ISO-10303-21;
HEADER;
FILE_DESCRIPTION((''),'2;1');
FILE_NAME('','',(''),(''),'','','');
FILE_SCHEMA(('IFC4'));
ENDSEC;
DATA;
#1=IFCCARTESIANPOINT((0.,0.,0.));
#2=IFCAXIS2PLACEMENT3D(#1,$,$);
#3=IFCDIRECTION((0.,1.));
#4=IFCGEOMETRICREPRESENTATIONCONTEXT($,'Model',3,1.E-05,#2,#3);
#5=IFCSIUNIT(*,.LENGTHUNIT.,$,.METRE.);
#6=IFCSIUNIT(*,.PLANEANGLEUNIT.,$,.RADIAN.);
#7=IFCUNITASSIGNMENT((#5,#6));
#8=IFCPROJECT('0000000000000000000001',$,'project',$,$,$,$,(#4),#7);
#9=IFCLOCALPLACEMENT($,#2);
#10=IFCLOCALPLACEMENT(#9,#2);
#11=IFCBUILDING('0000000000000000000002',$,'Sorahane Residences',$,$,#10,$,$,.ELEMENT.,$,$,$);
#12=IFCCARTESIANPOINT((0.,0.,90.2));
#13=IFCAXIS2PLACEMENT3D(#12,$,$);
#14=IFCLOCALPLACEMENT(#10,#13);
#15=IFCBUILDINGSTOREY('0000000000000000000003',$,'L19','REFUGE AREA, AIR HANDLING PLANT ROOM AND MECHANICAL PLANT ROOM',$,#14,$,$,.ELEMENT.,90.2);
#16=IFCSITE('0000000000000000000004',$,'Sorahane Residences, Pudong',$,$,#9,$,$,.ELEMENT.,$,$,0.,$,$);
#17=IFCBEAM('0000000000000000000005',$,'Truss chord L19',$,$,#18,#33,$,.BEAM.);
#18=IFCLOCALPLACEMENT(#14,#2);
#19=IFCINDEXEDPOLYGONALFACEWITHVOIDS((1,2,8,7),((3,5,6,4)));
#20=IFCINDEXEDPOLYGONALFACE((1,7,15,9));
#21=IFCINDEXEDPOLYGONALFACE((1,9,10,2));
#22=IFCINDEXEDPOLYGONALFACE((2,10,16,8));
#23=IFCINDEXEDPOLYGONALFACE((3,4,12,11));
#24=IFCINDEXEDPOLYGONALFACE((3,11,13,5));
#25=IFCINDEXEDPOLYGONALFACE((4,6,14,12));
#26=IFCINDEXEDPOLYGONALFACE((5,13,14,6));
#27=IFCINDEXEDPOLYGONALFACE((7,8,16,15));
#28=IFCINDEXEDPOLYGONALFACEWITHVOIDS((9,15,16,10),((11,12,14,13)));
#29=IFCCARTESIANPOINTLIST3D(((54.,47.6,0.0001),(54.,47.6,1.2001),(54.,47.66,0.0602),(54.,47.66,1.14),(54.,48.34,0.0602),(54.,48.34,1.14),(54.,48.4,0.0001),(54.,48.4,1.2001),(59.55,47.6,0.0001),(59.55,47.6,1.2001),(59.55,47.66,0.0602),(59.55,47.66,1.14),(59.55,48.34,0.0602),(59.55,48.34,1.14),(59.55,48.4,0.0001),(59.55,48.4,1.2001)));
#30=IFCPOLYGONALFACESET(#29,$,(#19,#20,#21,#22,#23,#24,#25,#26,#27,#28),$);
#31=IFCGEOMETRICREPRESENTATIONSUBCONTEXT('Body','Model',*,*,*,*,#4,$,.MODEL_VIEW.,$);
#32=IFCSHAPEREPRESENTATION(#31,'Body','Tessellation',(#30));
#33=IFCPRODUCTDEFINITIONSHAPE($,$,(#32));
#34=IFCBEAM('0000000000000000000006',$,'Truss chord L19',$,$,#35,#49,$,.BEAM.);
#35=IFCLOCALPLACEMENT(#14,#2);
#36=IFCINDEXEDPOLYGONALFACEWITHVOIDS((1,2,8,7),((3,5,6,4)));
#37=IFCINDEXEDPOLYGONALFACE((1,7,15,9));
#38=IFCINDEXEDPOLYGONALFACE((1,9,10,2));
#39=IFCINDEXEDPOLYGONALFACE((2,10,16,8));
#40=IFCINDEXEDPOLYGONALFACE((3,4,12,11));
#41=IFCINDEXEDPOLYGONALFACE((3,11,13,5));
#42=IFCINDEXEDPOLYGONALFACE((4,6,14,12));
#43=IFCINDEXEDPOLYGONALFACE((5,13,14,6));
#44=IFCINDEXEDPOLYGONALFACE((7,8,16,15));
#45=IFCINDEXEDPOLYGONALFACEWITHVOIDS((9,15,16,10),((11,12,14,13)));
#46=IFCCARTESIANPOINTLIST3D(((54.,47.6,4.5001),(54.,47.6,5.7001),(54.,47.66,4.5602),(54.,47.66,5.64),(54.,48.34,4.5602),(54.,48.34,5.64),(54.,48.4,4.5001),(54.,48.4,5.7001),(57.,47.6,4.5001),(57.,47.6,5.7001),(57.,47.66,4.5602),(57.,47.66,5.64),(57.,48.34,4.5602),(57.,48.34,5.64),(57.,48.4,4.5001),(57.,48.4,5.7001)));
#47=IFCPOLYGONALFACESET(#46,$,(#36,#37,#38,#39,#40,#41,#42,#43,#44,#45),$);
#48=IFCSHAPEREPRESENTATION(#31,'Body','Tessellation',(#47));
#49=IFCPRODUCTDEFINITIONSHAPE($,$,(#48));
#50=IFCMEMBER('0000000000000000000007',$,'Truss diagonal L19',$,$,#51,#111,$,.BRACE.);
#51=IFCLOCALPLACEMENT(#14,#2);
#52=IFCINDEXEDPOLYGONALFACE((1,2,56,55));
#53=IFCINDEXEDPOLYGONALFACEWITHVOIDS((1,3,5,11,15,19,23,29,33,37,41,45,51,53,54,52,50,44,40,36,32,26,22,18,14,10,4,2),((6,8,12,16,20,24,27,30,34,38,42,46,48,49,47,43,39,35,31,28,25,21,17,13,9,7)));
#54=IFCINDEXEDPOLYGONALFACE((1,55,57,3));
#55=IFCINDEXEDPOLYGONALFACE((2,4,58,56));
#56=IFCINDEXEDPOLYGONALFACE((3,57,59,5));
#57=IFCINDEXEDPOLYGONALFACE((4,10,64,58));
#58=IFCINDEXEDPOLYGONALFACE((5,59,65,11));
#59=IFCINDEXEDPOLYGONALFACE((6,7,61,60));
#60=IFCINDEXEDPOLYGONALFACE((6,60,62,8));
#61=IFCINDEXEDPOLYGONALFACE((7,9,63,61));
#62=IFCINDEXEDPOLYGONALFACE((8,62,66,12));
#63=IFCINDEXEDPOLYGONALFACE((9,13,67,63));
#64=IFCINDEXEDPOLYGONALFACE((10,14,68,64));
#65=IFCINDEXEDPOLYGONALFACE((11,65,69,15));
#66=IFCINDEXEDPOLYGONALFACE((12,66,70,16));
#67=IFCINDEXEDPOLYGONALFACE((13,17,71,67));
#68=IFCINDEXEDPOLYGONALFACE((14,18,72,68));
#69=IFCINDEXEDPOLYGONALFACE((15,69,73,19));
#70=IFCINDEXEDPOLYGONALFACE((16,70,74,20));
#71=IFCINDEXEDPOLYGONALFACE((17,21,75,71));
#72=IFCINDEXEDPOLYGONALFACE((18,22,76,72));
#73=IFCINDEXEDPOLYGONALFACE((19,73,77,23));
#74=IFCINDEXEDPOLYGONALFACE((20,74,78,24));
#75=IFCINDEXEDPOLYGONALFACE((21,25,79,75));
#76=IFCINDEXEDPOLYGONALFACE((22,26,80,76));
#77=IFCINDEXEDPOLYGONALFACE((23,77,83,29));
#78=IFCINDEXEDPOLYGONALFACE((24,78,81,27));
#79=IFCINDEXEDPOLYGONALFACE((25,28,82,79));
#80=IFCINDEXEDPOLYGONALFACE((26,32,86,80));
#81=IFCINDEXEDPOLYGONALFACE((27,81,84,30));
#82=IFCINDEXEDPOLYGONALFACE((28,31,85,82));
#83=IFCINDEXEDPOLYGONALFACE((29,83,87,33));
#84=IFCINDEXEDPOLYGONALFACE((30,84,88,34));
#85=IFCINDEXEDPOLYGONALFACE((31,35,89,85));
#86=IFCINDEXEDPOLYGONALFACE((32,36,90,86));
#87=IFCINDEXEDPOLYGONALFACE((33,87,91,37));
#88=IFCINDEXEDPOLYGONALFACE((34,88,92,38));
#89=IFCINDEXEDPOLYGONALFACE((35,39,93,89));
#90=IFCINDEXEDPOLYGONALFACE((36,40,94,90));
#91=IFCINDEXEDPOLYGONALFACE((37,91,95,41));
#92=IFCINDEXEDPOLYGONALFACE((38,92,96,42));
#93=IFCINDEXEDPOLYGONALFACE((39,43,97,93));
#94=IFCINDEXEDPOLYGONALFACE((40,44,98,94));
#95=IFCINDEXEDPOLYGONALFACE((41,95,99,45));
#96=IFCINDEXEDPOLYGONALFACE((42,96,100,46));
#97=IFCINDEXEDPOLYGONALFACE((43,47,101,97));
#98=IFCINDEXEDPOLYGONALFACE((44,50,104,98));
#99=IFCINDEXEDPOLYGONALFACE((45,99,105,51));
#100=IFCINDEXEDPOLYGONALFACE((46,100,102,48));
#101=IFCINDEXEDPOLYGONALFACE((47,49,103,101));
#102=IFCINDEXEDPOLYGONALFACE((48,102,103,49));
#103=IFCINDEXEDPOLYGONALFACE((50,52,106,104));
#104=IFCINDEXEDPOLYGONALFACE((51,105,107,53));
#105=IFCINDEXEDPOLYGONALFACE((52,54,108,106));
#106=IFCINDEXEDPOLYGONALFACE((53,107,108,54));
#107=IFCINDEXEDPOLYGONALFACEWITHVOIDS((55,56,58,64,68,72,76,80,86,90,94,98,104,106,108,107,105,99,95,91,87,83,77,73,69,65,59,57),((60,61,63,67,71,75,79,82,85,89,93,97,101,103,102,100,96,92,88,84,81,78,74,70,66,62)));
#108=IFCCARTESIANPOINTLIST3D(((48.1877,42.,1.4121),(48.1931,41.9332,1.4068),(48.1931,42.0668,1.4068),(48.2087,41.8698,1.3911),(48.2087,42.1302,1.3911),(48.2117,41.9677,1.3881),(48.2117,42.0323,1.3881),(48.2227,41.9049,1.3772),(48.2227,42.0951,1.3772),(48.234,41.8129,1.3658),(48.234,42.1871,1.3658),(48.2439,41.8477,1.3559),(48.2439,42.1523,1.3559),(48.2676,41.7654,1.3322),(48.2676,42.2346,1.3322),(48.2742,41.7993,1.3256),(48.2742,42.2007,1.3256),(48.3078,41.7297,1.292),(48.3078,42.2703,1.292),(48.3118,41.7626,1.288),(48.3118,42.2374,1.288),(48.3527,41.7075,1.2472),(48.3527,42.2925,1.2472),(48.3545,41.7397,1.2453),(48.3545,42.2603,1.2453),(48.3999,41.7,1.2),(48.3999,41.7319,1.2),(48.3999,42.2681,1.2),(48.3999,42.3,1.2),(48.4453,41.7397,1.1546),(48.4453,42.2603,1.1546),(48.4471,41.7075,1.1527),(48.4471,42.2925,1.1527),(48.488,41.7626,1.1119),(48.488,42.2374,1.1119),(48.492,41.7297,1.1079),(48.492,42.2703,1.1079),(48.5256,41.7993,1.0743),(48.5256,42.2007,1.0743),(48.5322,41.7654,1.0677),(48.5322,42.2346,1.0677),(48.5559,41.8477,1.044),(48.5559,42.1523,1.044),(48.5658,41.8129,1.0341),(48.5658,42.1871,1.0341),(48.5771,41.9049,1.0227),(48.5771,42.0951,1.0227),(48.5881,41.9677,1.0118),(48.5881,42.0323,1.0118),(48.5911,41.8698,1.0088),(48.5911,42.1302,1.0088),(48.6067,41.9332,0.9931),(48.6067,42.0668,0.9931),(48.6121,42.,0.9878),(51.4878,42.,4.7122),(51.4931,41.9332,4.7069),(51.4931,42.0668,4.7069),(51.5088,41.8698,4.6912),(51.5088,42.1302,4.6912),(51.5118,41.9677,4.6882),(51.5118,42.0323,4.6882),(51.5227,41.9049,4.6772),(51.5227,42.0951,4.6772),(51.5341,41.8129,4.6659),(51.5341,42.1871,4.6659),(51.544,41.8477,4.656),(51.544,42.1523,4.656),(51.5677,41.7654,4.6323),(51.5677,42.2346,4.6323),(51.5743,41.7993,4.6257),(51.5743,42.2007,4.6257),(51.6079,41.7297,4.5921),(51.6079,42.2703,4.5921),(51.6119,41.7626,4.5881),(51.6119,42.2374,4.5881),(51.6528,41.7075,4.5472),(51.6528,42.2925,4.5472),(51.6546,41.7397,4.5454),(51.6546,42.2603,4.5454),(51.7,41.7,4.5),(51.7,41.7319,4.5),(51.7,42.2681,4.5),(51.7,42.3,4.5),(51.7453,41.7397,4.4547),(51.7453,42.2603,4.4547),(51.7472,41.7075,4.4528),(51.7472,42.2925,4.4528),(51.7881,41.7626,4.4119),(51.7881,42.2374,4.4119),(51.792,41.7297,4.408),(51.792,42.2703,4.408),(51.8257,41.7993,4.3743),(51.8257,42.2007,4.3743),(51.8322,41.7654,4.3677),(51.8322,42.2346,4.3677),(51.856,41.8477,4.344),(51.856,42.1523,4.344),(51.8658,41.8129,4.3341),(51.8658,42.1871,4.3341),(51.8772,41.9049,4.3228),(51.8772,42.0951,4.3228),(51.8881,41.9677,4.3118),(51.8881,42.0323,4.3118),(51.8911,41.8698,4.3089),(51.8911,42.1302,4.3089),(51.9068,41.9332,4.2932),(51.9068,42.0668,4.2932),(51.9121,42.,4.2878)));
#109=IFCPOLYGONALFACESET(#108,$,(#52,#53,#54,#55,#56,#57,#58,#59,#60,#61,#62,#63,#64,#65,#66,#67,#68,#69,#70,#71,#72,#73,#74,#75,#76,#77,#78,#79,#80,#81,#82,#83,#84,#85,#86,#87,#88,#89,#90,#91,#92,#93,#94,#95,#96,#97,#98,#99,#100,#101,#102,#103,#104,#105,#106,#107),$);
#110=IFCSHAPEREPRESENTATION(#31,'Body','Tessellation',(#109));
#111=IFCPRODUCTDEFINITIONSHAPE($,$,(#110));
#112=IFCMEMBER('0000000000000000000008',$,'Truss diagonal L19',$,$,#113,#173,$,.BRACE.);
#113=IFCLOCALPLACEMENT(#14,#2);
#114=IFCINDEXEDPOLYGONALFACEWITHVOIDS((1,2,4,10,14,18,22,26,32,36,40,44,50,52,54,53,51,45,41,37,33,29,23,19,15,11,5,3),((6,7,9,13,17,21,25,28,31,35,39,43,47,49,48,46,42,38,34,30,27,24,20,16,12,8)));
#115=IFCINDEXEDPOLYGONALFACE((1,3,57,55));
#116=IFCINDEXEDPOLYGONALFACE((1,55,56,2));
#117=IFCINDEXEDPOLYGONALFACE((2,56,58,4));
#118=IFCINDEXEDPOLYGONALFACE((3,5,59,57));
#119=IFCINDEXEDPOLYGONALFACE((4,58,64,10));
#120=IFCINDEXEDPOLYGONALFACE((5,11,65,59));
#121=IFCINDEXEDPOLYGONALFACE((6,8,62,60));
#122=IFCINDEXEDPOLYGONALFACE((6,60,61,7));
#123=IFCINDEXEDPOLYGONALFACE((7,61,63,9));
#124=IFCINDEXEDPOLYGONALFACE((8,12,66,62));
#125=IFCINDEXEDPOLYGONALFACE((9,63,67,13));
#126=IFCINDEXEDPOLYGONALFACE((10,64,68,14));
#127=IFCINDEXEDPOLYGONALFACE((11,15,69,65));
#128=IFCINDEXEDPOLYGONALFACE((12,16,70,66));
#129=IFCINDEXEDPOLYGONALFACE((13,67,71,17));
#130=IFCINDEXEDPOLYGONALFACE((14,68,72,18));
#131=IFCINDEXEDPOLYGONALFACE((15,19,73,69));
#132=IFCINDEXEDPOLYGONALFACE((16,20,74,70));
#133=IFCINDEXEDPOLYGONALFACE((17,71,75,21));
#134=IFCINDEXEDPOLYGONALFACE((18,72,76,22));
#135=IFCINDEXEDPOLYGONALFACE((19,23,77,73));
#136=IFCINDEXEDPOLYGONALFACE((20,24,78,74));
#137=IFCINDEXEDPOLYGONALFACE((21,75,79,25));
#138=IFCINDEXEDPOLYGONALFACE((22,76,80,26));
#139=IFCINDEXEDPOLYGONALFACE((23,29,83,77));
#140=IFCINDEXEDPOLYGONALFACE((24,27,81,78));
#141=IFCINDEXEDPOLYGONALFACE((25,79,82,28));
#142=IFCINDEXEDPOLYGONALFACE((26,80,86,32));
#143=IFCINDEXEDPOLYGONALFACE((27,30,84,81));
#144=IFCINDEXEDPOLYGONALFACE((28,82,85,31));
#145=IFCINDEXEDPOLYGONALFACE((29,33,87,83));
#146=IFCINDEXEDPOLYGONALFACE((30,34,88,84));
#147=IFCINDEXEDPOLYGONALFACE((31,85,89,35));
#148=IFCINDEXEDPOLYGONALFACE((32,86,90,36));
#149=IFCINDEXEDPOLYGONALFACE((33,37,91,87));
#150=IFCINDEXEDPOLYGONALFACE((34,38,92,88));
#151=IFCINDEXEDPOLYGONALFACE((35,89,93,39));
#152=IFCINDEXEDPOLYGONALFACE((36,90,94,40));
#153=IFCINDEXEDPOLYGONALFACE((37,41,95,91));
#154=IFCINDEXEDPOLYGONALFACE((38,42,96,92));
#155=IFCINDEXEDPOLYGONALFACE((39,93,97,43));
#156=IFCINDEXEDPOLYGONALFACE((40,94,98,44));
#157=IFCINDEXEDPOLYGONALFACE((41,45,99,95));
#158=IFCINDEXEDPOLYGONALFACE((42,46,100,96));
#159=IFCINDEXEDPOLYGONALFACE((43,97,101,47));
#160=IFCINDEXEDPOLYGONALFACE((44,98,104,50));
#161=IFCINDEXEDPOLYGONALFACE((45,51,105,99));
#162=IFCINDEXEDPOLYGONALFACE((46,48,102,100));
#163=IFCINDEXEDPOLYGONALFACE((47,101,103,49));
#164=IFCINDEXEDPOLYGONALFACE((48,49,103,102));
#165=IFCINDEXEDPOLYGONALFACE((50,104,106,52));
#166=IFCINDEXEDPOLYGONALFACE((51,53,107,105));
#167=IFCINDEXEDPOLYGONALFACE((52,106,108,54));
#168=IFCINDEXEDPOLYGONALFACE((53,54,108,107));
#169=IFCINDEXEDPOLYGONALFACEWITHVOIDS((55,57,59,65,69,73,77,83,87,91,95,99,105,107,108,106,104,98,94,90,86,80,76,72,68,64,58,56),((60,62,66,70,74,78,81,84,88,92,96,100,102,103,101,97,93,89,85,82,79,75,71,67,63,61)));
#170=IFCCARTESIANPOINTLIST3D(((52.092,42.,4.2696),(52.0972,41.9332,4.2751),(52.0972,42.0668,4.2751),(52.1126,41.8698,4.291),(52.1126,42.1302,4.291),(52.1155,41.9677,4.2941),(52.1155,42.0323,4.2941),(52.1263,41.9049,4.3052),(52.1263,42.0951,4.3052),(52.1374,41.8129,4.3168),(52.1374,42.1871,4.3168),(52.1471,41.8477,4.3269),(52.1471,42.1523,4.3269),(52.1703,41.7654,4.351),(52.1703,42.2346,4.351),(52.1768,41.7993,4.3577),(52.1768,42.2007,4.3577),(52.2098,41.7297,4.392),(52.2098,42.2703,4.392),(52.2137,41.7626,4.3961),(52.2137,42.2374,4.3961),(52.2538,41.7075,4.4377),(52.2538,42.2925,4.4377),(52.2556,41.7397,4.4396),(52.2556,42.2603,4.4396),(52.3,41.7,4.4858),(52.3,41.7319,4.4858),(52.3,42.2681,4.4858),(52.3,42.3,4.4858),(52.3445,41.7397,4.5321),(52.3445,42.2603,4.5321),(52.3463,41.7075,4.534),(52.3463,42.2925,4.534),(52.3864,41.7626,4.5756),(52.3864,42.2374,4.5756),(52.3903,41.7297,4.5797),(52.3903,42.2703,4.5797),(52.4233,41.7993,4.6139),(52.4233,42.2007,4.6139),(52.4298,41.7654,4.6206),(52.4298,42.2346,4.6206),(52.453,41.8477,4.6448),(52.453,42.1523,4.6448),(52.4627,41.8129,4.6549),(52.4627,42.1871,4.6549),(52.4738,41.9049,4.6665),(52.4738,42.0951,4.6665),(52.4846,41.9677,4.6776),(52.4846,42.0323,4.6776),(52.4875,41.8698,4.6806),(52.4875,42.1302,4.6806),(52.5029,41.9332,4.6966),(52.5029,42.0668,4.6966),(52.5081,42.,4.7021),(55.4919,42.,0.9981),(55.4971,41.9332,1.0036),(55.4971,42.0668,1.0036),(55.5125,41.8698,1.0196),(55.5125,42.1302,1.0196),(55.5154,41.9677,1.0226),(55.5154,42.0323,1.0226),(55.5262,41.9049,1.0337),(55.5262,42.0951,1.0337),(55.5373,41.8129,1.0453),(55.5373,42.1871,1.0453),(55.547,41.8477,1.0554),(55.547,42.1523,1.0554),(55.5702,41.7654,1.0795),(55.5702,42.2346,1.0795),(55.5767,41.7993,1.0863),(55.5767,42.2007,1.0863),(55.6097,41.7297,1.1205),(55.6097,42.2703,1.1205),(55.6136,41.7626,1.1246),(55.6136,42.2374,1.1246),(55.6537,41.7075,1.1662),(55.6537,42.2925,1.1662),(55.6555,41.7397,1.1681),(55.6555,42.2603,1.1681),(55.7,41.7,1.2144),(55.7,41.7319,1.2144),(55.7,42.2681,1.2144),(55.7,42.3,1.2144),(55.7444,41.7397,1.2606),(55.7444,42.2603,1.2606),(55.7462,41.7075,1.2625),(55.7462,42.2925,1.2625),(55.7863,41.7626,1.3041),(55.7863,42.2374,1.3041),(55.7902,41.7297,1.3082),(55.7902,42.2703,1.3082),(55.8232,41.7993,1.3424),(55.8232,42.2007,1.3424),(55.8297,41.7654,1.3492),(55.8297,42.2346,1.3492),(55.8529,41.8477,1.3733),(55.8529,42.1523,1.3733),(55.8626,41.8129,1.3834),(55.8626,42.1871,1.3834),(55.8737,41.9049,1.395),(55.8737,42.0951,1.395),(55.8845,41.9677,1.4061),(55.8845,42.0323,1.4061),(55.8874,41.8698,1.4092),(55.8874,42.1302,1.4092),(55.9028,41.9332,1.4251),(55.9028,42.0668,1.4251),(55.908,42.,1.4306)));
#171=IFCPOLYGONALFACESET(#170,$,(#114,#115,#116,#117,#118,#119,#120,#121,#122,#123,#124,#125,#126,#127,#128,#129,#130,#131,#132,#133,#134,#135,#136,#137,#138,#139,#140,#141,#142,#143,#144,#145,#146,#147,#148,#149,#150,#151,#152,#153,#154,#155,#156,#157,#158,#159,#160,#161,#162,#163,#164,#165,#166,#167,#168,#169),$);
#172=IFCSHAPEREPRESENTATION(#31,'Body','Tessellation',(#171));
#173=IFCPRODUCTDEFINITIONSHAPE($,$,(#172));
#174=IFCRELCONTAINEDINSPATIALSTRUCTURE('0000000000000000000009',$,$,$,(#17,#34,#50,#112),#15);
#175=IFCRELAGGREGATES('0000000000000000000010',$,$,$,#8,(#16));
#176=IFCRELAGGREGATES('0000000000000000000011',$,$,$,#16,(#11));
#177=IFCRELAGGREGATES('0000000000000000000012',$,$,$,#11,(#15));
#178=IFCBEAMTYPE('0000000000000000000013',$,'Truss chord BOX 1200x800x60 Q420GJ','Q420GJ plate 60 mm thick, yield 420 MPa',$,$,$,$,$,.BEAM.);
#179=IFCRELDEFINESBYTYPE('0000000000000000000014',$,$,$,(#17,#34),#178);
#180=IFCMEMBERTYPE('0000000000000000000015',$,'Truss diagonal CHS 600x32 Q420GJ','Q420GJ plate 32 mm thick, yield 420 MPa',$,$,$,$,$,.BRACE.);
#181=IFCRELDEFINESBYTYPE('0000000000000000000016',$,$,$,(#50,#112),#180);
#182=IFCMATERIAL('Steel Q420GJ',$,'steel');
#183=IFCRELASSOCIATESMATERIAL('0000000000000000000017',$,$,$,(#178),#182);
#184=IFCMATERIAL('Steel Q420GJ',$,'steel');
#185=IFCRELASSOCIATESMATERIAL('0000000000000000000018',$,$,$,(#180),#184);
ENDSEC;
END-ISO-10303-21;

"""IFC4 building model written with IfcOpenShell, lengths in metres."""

from ifc_helpers import new_model, si_unit, direction, frame, origin, origin_2d, place, context, subcontext, project, spatial, hollow_rectangle, hollow_circle, extrude, material, material_profile, profile_set, type_object, element, save


model = new_model("IFC4")

# Units and contexts
model_context = context("Model", 3, precision=1e-05, world=origin(), true_north=direction((0.0, 1.0)))
body_context = subcontext(model_context, "Body", "Model", "MODEL_VIEW")
ifc_project = project(units=[si_unit("LENGTHUNIT", "METRE"), si_unit("PLANEANGLEUNIT", "RADIAN")], contexts=[model_context])

# Site, building, storey
site_placement = place(None, origin())
site = spatial("IfcSite", under=ifc_project, at=site_placement, Name="Sorahane Residences, Pudong", CompositionType="ELEMENT", RefElevation=0.0)
building_placement = place(site_placement, origin())
building = spatial("IfcBuilding", under=site, at=building_placement, Name="Sorahane Residences", CompositionType="ELEMENT")
storey_placement = place(building_placement, frame((0.0, 0.0, 90.2)))
storey = spatial("IfcBuildingStorey", under=building, at=storey_placement, Name="L19", Description="REFUGE AREA, AIR HANDLING PLANT ROOM AND MECHANICAL PLANT ROOM", CompositionType="ELEMENT", Elevation=90.2)

# Beams
ifc_material_1 = material(Name="Steel Q420GJ", Category="steel")
ifc_material_profile_1 = material_profile(ifc_material_1, hollow_rectangle(XDim=0.8, YDim=1.2, WallThickness=0.0601, at=origin_2d()), Name="BOX 1200x800x60")
ifc_profile_set_1 = profile_set([ifc_material_profile_1], Name="Steel Q420GJ")
beam_type_1 = type_object("IfcBeamType", Name="Truss chord BOX 1200x800x60 Q420GJ", Description="Q420GJ plate 60 mm thick, yield 420 MPa", PredefinedType="BEAM", material=ifc_profile_set_1)
beam_1_placement = place(storey_placement, frame((54.0, 48.0, 0.6001), z_axis=(1.0, 0.0, 0.0), x_axis=(0.0, 1.0, 0.0)))
element("IfcBeam", 1, at=beam_1_placement, inside=storey, type_object=beam_type_1, Name="Truss chord L19", PredefinedType="BEAM", context=body_context, shape_type="SweptSolid", body=[
    extrude(hollow_rectangle(XDim=0.8, YDim=1.2, WallThickness=0.0601, at=origin_2d()), origin(), (0.0, 0.0, 1.0), 5.55),
])
beam_2_placement = place(storey_placement, frame((54.0, 48.0, 5.1001), z_axis=(1.0, 0.0, 0.0), x_axis=(0.0, 1.0, 0.0)))
element("IfcBeam", 2, at=beam_2_placement, inside=storey, type_object=beam_type_1, Name="Truss chord L19", PredefinedType="BEAM", context=body_context, shape_type="SweptSolid", body=[
    extrude(hollow_rectangle(XDim=0.8, YDim=1.2, WallThickness=0.0601, at=origin_2d()), origin(), (0.0, 0.0, 1.0), 3.0),
])

# Members
ifc_material_2 = material(Name="Steel Q420GJ", Category="steel")
ifc_material_profile_2 = material_profile(ifc_material_2, hollow_circle(Radius=0.3, WallThickness=0.032, at=origin_2d()), Name="CHS 600x32")
ifc_profile_set_2 = profile_set([ifc_material_profile_2], Name="Steel Q420GJ")
member_type = type_object("IfcMemberType", Name="Truss diagonal CHS 600x32 Q420GJ", Description="Q420GJ plate 32 mm thick, yield 420 MPa", PredefinedType="BRACE", material=ifc_profile_set_2)
member_1_placement = place(storey_placement, frame((48.3999, 42.0, 1.2), z_axis=(0.707107, 0.0, 0.707107), x_axis=(0.0, 1.0, 0.0)))
element("IfcMember", 3, at=member_1_placement, inside=storey, type_object=member_type, Name="Truss diagonal L19", PredefinedType="BRACE", context=body_context, shape_type="SweptSolid", body=[
    extrude(hollow_circle(Radius=0.3, WallThickness=0.032, at=origin_2d()), origin(), (0.0, 0.0, 1.0), 4.667),
])
member_2_placement = place(storey_placement, frame((52.3, 42.0, 4.4858), z_axis=(0.720584, 0.0, -0.693367), x_axis=(0.0, 1.0, 0.0)))
element("IfcMember", 4, at=member_2_placement, inside=storey, type_object=member_type, Name="Truss diagonal L19", PredefinedType="BRACE", context=body_context, shape_type="SweptSolid", body=[
    extrude(hollow_circle(Radius=0.3, WallThickness=0.032, at=origin_2d()), origin(), (0.0, 0.0, 1.0), 4.7183),
])

save(model, "model.ifc")
